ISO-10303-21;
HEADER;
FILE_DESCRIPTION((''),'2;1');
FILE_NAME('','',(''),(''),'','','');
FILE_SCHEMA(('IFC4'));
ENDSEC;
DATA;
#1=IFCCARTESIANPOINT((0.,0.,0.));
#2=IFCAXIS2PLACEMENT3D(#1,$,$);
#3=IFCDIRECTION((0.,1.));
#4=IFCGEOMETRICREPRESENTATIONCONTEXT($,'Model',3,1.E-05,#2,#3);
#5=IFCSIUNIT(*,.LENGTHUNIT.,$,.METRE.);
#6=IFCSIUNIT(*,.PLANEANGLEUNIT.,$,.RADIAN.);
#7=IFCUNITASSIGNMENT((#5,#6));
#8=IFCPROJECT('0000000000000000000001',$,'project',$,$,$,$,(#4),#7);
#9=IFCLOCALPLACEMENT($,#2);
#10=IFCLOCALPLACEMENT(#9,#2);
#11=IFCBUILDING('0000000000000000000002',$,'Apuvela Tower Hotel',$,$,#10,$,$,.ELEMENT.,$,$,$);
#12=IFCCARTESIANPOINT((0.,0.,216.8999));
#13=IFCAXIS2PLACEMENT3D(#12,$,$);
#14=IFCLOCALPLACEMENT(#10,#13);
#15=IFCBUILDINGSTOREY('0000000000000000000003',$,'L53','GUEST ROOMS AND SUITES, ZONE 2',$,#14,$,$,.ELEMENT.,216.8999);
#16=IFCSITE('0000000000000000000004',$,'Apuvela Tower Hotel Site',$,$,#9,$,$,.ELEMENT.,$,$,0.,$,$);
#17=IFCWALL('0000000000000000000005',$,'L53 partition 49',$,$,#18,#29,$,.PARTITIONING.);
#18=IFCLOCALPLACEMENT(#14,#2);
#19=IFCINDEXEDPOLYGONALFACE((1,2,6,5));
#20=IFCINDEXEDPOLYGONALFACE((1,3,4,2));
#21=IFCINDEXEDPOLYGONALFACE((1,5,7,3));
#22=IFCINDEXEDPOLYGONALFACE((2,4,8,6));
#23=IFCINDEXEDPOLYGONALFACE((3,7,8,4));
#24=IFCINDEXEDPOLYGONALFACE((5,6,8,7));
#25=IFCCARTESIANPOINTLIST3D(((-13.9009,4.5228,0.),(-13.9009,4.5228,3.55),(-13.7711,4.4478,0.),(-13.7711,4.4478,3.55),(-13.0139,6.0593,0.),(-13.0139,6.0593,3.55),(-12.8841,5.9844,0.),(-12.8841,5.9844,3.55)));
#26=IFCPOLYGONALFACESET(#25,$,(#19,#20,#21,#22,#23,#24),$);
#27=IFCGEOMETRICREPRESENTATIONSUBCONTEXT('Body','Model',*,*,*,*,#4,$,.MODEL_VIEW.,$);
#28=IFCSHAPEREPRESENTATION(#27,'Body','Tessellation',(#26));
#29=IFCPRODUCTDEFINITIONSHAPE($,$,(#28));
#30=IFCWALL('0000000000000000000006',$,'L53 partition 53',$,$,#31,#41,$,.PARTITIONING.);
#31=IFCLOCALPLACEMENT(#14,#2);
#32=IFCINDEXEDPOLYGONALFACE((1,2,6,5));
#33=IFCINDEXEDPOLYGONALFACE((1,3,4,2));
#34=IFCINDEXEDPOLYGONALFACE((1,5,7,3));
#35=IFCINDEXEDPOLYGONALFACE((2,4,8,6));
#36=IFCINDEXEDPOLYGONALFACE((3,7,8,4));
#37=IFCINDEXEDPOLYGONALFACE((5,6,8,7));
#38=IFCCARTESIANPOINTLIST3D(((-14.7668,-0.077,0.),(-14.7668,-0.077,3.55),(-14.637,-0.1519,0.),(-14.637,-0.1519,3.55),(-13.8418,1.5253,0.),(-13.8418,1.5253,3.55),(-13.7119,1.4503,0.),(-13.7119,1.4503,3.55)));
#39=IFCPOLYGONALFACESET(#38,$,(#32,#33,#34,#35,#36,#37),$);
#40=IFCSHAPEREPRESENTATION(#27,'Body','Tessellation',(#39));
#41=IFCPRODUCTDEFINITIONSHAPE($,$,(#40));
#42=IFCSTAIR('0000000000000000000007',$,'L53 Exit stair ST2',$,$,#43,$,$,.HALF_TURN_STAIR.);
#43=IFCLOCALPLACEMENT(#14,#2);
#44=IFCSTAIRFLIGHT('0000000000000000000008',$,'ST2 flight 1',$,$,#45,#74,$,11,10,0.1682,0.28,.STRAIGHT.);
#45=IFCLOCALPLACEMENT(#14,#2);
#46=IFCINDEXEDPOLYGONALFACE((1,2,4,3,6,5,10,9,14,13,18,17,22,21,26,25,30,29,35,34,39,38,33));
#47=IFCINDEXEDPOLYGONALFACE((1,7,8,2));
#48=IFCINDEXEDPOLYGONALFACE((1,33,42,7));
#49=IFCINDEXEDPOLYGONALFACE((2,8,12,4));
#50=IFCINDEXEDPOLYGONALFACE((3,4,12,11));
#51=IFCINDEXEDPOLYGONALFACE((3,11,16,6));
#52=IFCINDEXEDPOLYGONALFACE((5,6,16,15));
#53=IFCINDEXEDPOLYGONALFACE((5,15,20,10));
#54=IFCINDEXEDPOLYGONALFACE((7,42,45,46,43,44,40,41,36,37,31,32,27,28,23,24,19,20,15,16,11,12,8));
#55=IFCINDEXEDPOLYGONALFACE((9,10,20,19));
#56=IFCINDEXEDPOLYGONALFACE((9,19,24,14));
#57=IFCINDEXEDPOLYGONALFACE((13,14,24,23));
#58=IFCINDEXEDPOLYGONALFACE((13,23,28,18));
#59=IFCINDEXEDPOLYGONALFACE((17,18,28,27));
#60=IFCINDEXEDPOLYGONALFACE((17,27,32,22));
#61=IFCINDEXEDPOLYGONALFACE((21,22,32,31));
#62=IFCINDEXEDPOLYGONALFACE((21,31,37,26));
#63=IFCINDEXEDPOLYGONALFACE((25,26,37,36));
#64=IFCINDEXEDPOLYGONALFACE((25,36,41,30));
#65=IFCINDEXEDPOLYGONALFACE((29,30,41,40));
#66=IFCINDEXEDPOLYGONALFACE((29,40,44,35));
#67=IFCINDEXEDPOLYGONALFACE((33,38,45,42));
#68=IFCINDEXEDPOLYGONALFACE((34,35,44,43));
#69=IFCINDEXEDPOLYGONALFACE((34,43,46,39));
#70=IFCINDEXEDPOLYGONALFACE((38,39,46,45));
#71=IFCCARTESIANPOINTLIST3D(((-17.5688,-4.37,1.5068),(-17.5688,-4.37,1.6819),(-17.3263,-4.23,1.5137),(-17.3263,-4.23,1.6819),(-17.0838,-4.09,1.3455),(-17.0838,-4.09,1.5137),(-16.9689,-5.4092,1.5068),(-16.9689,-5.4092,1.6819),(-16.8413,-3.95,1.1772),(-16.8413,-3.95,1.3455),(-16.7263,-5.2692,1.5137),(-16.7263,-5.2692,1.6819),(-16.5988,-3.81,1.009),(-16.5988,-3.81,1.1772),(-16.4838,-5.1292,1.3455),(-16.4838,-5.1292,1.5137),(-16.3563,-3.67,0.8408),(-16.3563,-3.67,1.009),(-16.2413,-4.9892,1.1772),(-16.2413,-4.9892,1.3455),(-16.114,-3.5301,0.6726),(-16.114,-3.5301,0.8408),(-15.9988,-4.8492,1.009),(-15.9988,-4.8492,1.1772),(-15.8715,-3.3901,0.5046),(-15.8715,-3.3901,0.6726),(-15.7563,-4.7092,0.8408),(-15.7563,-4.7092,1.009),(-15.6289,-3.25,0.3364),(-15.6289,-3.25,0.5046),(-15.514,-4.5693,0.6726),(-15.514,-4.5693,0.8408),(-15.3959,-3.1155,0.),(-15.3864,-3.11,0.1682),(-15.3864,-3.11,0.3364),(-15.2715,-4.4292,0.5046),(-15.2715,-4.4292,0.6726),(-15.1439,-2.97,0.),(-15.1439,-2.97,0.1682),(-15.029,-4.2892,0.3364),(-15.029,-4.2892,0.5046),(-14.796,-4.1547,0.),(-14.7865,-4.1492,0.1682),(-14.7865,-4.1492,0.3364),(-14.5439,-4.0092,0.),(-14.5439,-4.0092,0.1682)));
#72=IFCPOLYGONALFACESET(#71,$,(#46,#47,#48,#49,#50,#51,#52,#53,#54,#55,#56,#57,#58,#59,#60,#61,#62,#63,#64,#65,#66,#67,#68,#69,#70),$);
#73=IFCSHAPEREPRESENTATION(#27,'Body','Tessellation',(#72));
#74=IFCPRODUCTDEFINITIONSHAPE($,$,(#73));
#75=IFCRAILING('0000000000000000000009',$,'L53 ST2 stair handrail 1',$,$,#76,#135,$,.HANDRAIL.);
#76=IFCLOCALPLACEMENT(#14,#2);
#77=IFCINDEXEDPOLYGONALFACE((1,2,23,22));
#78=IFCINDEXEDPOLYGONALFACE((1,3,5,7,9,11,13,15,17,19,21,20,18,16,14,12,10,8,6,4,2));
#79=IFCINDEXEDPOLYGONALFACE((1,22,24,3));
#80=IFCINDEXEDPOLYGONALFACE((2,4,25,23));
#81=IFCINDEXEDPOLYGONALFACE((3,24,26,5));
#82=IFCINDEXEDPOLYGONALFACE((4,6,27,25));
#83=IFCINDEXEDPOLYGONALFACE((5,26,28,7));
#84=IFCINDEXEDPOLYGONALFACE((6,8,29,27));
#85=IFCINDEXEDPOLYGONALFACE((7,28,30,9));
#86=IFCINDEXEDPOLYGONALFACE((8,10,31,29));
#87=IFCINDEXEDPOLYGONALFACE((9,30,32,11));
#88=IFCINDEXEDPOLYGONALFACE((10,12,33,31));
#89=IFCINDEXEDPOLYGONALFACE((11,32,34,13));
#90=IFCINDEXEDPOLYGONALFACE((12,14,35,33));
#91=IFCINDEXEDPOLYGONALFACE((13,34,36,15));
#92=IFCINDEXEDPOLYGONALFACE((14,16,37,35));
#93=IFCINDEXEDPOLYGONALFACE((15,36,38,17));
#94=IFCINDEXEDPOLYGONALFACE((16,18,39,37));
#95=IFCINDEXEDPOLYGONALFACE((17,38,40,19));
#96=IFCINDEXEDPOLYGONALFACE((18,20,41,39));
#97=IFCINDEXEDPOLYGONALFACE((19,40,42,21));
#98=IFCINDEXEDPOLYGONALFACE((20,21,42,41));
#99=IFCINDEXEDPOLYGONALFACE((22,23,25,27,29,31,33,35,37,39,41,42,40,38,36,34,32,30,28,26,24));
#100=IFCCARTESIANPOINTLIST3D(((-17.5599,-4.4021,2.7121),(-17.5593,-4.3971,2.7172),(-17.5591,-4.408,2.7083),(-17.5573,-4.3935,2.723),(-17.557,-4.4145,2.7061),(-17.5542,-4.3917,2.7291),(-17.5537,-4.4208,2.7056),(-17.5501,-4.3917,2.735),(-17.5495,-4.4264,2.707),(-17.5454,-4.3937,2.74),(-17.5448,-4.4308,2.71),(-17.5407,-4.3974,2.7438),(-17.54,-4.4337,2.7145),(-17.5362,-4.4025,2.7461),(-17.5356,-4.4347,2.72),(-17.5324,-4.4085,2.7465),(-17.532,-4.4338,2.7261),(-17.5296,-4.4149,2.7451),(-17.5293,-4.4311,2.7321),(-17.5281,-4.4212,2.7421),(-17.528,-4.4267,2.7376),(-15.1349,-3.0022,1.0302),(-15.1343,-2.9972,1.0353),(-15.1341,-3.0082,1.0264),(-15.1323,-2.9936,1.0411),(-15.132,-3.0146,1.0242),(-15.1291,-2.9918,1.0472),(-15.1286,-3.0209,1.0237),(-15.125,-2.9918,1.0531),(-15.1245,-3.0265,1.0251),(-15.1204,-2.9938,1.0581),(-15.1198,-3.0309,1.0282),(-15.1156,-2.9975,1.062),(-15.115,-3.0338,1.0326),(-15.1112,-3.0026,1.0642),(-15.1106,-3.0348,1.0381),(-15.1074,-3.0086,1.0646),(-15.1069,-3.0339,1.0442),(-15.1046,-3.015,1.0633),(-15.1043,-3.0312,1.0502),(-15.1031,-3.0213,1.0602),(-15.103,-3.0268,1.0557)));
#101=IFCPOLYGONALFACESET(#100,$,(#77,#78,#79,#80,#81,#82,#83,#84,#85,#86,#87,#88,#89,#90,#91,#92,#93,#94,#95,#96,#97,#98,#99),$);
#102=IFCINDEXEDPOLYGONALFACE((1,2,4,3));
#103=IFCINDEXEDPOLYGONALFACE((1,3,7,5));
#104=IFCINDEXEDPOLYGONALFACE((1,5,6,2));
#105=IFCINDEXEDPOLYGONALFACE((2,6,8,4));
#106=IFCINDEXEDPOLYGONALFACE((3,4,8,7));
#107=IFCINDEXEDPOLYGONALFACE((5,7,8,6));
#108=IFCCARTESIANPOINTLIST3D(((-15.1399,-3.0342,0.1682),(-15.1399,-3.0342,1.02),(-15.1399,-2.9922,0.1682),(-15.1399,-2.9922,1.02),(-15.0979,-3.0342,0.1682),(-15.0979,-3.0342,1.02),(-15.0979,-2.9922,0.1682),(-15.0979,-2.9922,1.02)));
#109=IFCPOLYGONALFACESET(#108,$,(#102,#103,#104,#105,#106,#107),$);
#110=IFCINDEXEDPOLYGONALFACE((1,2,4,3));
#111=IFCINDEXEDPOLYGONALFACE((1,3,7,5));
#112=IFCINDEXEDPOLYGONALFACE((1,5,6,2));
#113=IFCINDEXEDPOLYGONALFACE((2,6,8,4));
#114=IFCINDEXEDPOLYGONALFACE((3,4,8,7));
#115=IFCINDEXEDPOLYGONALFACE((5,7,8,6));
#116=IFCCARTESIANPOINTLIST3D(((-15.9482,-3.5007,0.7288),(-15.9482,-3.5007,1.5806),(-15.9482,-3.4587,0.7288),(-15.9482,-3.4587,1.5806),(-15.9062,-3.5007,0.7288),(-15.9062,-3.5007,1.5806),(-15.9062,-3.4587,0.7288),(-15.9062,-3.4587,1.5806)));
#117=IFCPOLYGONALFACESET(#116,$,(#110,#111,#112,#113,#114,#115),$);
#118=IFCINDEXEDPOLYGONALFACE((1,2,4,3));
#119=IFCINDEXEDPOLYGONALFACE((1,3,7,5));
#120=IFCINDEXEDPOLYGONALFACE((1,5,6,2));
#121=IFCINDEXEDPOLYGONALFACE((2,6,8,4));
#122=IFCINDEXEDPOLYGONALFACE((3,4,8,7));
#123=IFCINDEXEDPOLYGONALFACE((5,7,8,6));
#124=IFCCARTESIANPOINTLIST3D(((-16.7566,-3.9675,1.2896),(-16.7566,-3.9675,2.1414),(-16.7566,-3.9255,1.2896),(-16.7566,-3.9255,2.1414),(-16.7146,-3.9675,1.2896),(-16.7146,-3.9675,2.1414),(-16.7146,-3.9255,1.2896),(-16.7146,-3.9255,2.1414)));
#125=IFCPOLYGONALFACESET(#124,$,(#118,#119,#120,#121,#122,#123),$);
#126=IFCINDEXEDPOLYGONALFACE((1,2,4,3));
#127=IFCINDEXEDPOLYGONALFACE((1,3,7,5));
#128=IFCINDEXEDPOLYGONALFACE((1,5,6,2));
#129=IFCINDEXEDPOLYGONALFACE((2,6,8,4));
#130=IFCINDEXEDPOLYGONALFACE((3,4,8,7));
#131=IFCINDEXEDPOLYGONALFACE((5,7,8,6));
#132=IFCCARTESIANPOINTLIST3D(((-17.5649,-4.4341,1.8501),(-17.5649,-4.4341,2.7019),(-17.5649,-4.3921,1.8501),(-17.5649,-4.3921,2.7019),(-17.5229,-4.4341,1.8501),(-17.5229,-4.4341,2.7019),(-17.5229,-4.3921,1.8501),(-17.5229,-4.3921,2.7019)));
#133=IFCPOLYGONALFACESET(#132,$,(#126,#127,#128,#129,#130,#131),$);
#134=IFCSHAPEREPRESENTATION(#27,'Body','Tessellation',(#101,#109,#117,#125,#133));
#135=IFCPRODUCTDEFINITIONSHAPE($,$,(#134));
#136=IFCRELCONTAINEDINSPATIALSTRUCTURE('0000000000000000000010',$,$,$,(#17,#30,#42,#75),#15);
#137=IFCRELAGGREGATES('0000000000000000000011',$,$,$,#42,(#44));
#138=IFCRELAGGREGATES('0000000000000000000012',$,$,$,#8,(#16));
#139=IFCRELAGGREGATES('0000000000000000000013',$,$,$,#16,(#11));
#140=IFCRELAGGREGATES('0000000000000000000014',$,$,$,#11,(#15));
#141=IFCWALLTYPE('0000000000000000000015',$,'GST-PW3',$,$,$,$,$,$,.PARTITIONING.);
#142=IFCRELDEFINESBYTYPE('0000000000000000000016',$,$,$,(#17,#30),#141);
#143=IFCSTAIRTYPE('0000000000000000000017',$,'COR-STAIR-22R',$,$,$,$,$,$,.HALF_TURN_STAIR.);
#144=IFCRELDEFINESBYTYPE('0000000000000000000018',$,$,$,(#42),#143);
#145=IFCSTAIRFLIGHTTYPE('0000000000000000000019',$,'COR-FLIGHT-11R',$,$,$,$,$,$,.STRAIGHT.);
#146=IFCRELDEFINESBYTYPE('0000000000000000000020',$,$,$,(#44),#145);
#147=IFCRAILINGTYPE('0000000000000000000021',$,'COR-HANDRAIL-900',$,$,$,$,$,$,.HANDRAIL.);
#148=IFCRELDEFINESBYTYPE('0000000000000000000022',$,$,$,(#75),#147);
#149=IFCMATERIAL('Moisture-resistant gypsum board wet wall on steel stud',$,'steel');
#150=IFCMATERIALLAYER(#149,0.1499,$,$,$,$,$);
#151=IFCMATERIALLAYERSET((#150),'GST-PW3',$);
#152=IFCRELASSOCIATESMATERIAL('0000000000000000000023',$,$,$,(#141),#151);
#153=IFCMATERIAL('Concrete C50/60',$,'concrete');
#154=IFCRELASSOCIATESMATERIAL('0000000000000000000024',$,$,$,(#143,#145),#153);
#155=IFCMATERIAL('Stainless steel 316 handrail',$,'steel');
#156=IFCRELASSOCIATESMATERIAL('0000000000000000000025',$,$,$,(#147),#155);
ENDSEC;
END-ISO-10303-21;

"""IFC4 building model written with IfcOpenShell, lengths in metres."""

from ifc_helpers import new_model, si_unit, direction, frame, frame_2d, origin, origin_2d, place, context, subcontext, project, spatial, polyline, rectangle, circle, outline, extrude, material, layer, layer_set, type_object, element, aggregate, save


model = new_model("IFC4")

# Units and contexts
model_context = context("Model", 3, precision=1e-05, world=origin(), true_north=direction((0.0, 1.0)))
body_context = subcontext(model_context, "Body", "Model", "MODEL_VIEW")
ifc_project = project(units=[si_unit("LENGTHUNIT", "METRE"), si_unit("PLANEANGLEUNIT", "RADIAN")], contexts=[model_context])

# Site, building, storey
site_placement = place(None, origin())
site = spatial("IfcSite", under=ifc_project, at=site_placement, Name="Apuvela Tower Hotel Site", CompositionType="ELEMENT", RefElevation=0.0)
building_placement = place(site_placement, origin())
building = spatial("IfcBuilding", under=site, at=building_placement, Name="Apuvela Tower Hotel", CompositionType="ELEMENT")
storey_placement = place(building_placement, frame((0.0, 0.0, 216.8999)))
storey = spatial("IfcBuildingStorey", under=building, at=storey_placement, Name="L53", Description="GUEST ROOMS AND SUITES, ZONE 2", CompositionType="ELEMENT", Elevation=216.8999)

# Shared definitions
ifc_material_1 = material(Name="Concrete C50/60", Category="concrete")

# Shared definitions
ifc_material_2 = material(Name="Moisture-resistant gypsum board wet wall on steel stud", Category="steel")
ifc_layer_1 = layer(ifc_material_2, 0.1499)
ifc_layer_set_1 = layer_set([ifc_layer_1], Name="GST-PW3")
wall_type_1 = type_object("IfcWallType", Name="GST-PW3", PredefinedType="PARTITIONING", material=ifc_layer_set_1)

# Walls
wall_1_placement = place(storey_placement, frame((-12.949, 6.022, 0.0), z_axis=(0.0, 0.0, 1.0), x_axis=(-0.499913, -0.866076, 0.0)))
element("IfcWall", 1, at=wall_1_placement, inside=storey, type_object=wall_type_1, Name="L53 partition 49", PredefinedType="PARTITIONING", context=body_context, shape_type="SweptSolid", body=[
    extrude(rectangle(XDim=1.7742, YDim=0.1499, at=frame_2d((0.8872, 0.0))), origin(), (0.0, 0.0, 1.0), 3.55),
])
wall_2_placement = place(storey_placement, frame((-13.7769, 1.4878, 0.0), z_axis=(0.0, 0.0, 1.0), x_axis=(-0.499985, -0.866034, 0.0)))
element("IfcWall", 2, at=wall_2_placement, inside=storey, type_object=wall_type_1, Name="L53 partition 53", PredefinedType="PARTITIONING", context=body_context, shape_type="SweptSolid", body=[
    extrude(rectangle(XDim=1.8501, YDim=0.1499, at=frame_2d((0.925, 0.0))), origin(), (0.0, 0.0, 1.0), 3.55),
])

# Stair, stair flight
stair_type = type_object("IfcStairType", Name="COR-STAIR-22R", PredefinedType="HALF_TURN_STAIR", material=ifc_material_1)
stair_placement = place(storey_placement, origin())
stair = element("IfcStair", 3, at=stair_placement, inside=storey, type_object=stair_type, Name="L53 Exit stair ST2", PredefinedType="HALF_TURN_STAIR")
stair_flight_type = type_object("IfcStairFlightType", Name="COR-FLIGHT-11R", PredefinedType="STRAIGHT", material=ifc_material_1)
stair_flight_placement = place(storey_placement, frame((-14.844, -3.4895, 0.0), z_axis=(0.0, 0.0, 1.0), x_axis=(-0.866025, -0.5, 0.0)))
stair_flight = element("IfcStairFlight", 4, at=stair_flight_placement, type_object=stair_flight_type, Name="ST2 flight 1", NumberOfRisers=11, NumberOfTreads=10, PredefinedType="STRAIGHT", RiserHeight=0.1682, TreadLength=0.28, context=body_context, shape_type="SweptSolid", body=[
    extrude(outline(polyline([(0.0, 0.0), (0.0, 0.1682), (0.28, 0.1682), (0.28, 0.3364), (0.5601, 0.3364), (0.5601, 0.5046), (0.8401, 0.5046), (0.8401, 0.6726), (1.1201, 0.6726), (1.1201, 0.8408), (1.3999, 0.8408), (1.3999, 1.009), (1.6799, 1.009), (1.6799, 1.1772), (1.96, 1.1772), (1.96, 1.3455), (2.24, 1.3455), (2.24, 1.5137), (2.52, 1.5137), (2.52, 1.6819), (2.8, 1.6819), (2.8, 1.8501), (2.8, 1.5068), (0.291, 0.0), (0.0, 0.0)])), frame((0.0, 0.6001, 0.0), z_axis=(0.0, -1.0, 0.0), x_axis=(1.0, 0.0, 0.0)), (0.0, 0.0, 1.0), 1.2),
])
aggregate(stair, [stair_flight])

# Railing
ifc_material_3 = material(Name="Stainless steel 316 handrail", Category="steel")
railing_type_1 = type_object("IfcRailingType", Name="COR-HANDRAIL-900", PredefinedType="HANDRAIL", material=ifc_material_3)
railing_1_placement = place(storey_placement, frame((-15.1189, -3.0132, 0.1682)))
element("IfcRailing", 5, at=railing_1_placement, inside=storey, type_object=railing_type_1, Name="L53 ST2 stair handrail 1", PredefinedType="HANDRAIL", context=body_context, shape_type="SweptSolid", body=[
    extrude(circle(Radius=0.0239, at=origin_2d()), frame((0.0, 0.0, 0.876), z_axis=(-0.742424, -0.428577, 0.514906), x_axis=(0.499946, -0.866056, 0.0)), (0.0, 0.0, 1.0), 3.2664),
    extrude(rectangle(XDim=0.042, YDim=0.042, at=origin_2d()), origin(), (0.0, 0.0, 1.0), 0.8518),
    extrude(rectangle(XDim=0.042, YDim=0.042, at=origin_2d()), frame((-0.8083, -0.4666, 0.5605)), (0.0, 0.0, 1.0), 0.8518),
    extrude(rectangle(XDim=0.042, YDim=0.042, at=origin_2d()), frame((-1.6167, -0.9333, 1.1213)), (0.0, 0.0, 1.0), 0.8518),
    extrude(rectangle(XDim=0.042, YDim=0.042, at=origin_2d()), frame((-2.425, -1.3999, 1.6819)), (0.0, 0.0, 1.0), 0.8518),
])

save(model, "model.ifc")
